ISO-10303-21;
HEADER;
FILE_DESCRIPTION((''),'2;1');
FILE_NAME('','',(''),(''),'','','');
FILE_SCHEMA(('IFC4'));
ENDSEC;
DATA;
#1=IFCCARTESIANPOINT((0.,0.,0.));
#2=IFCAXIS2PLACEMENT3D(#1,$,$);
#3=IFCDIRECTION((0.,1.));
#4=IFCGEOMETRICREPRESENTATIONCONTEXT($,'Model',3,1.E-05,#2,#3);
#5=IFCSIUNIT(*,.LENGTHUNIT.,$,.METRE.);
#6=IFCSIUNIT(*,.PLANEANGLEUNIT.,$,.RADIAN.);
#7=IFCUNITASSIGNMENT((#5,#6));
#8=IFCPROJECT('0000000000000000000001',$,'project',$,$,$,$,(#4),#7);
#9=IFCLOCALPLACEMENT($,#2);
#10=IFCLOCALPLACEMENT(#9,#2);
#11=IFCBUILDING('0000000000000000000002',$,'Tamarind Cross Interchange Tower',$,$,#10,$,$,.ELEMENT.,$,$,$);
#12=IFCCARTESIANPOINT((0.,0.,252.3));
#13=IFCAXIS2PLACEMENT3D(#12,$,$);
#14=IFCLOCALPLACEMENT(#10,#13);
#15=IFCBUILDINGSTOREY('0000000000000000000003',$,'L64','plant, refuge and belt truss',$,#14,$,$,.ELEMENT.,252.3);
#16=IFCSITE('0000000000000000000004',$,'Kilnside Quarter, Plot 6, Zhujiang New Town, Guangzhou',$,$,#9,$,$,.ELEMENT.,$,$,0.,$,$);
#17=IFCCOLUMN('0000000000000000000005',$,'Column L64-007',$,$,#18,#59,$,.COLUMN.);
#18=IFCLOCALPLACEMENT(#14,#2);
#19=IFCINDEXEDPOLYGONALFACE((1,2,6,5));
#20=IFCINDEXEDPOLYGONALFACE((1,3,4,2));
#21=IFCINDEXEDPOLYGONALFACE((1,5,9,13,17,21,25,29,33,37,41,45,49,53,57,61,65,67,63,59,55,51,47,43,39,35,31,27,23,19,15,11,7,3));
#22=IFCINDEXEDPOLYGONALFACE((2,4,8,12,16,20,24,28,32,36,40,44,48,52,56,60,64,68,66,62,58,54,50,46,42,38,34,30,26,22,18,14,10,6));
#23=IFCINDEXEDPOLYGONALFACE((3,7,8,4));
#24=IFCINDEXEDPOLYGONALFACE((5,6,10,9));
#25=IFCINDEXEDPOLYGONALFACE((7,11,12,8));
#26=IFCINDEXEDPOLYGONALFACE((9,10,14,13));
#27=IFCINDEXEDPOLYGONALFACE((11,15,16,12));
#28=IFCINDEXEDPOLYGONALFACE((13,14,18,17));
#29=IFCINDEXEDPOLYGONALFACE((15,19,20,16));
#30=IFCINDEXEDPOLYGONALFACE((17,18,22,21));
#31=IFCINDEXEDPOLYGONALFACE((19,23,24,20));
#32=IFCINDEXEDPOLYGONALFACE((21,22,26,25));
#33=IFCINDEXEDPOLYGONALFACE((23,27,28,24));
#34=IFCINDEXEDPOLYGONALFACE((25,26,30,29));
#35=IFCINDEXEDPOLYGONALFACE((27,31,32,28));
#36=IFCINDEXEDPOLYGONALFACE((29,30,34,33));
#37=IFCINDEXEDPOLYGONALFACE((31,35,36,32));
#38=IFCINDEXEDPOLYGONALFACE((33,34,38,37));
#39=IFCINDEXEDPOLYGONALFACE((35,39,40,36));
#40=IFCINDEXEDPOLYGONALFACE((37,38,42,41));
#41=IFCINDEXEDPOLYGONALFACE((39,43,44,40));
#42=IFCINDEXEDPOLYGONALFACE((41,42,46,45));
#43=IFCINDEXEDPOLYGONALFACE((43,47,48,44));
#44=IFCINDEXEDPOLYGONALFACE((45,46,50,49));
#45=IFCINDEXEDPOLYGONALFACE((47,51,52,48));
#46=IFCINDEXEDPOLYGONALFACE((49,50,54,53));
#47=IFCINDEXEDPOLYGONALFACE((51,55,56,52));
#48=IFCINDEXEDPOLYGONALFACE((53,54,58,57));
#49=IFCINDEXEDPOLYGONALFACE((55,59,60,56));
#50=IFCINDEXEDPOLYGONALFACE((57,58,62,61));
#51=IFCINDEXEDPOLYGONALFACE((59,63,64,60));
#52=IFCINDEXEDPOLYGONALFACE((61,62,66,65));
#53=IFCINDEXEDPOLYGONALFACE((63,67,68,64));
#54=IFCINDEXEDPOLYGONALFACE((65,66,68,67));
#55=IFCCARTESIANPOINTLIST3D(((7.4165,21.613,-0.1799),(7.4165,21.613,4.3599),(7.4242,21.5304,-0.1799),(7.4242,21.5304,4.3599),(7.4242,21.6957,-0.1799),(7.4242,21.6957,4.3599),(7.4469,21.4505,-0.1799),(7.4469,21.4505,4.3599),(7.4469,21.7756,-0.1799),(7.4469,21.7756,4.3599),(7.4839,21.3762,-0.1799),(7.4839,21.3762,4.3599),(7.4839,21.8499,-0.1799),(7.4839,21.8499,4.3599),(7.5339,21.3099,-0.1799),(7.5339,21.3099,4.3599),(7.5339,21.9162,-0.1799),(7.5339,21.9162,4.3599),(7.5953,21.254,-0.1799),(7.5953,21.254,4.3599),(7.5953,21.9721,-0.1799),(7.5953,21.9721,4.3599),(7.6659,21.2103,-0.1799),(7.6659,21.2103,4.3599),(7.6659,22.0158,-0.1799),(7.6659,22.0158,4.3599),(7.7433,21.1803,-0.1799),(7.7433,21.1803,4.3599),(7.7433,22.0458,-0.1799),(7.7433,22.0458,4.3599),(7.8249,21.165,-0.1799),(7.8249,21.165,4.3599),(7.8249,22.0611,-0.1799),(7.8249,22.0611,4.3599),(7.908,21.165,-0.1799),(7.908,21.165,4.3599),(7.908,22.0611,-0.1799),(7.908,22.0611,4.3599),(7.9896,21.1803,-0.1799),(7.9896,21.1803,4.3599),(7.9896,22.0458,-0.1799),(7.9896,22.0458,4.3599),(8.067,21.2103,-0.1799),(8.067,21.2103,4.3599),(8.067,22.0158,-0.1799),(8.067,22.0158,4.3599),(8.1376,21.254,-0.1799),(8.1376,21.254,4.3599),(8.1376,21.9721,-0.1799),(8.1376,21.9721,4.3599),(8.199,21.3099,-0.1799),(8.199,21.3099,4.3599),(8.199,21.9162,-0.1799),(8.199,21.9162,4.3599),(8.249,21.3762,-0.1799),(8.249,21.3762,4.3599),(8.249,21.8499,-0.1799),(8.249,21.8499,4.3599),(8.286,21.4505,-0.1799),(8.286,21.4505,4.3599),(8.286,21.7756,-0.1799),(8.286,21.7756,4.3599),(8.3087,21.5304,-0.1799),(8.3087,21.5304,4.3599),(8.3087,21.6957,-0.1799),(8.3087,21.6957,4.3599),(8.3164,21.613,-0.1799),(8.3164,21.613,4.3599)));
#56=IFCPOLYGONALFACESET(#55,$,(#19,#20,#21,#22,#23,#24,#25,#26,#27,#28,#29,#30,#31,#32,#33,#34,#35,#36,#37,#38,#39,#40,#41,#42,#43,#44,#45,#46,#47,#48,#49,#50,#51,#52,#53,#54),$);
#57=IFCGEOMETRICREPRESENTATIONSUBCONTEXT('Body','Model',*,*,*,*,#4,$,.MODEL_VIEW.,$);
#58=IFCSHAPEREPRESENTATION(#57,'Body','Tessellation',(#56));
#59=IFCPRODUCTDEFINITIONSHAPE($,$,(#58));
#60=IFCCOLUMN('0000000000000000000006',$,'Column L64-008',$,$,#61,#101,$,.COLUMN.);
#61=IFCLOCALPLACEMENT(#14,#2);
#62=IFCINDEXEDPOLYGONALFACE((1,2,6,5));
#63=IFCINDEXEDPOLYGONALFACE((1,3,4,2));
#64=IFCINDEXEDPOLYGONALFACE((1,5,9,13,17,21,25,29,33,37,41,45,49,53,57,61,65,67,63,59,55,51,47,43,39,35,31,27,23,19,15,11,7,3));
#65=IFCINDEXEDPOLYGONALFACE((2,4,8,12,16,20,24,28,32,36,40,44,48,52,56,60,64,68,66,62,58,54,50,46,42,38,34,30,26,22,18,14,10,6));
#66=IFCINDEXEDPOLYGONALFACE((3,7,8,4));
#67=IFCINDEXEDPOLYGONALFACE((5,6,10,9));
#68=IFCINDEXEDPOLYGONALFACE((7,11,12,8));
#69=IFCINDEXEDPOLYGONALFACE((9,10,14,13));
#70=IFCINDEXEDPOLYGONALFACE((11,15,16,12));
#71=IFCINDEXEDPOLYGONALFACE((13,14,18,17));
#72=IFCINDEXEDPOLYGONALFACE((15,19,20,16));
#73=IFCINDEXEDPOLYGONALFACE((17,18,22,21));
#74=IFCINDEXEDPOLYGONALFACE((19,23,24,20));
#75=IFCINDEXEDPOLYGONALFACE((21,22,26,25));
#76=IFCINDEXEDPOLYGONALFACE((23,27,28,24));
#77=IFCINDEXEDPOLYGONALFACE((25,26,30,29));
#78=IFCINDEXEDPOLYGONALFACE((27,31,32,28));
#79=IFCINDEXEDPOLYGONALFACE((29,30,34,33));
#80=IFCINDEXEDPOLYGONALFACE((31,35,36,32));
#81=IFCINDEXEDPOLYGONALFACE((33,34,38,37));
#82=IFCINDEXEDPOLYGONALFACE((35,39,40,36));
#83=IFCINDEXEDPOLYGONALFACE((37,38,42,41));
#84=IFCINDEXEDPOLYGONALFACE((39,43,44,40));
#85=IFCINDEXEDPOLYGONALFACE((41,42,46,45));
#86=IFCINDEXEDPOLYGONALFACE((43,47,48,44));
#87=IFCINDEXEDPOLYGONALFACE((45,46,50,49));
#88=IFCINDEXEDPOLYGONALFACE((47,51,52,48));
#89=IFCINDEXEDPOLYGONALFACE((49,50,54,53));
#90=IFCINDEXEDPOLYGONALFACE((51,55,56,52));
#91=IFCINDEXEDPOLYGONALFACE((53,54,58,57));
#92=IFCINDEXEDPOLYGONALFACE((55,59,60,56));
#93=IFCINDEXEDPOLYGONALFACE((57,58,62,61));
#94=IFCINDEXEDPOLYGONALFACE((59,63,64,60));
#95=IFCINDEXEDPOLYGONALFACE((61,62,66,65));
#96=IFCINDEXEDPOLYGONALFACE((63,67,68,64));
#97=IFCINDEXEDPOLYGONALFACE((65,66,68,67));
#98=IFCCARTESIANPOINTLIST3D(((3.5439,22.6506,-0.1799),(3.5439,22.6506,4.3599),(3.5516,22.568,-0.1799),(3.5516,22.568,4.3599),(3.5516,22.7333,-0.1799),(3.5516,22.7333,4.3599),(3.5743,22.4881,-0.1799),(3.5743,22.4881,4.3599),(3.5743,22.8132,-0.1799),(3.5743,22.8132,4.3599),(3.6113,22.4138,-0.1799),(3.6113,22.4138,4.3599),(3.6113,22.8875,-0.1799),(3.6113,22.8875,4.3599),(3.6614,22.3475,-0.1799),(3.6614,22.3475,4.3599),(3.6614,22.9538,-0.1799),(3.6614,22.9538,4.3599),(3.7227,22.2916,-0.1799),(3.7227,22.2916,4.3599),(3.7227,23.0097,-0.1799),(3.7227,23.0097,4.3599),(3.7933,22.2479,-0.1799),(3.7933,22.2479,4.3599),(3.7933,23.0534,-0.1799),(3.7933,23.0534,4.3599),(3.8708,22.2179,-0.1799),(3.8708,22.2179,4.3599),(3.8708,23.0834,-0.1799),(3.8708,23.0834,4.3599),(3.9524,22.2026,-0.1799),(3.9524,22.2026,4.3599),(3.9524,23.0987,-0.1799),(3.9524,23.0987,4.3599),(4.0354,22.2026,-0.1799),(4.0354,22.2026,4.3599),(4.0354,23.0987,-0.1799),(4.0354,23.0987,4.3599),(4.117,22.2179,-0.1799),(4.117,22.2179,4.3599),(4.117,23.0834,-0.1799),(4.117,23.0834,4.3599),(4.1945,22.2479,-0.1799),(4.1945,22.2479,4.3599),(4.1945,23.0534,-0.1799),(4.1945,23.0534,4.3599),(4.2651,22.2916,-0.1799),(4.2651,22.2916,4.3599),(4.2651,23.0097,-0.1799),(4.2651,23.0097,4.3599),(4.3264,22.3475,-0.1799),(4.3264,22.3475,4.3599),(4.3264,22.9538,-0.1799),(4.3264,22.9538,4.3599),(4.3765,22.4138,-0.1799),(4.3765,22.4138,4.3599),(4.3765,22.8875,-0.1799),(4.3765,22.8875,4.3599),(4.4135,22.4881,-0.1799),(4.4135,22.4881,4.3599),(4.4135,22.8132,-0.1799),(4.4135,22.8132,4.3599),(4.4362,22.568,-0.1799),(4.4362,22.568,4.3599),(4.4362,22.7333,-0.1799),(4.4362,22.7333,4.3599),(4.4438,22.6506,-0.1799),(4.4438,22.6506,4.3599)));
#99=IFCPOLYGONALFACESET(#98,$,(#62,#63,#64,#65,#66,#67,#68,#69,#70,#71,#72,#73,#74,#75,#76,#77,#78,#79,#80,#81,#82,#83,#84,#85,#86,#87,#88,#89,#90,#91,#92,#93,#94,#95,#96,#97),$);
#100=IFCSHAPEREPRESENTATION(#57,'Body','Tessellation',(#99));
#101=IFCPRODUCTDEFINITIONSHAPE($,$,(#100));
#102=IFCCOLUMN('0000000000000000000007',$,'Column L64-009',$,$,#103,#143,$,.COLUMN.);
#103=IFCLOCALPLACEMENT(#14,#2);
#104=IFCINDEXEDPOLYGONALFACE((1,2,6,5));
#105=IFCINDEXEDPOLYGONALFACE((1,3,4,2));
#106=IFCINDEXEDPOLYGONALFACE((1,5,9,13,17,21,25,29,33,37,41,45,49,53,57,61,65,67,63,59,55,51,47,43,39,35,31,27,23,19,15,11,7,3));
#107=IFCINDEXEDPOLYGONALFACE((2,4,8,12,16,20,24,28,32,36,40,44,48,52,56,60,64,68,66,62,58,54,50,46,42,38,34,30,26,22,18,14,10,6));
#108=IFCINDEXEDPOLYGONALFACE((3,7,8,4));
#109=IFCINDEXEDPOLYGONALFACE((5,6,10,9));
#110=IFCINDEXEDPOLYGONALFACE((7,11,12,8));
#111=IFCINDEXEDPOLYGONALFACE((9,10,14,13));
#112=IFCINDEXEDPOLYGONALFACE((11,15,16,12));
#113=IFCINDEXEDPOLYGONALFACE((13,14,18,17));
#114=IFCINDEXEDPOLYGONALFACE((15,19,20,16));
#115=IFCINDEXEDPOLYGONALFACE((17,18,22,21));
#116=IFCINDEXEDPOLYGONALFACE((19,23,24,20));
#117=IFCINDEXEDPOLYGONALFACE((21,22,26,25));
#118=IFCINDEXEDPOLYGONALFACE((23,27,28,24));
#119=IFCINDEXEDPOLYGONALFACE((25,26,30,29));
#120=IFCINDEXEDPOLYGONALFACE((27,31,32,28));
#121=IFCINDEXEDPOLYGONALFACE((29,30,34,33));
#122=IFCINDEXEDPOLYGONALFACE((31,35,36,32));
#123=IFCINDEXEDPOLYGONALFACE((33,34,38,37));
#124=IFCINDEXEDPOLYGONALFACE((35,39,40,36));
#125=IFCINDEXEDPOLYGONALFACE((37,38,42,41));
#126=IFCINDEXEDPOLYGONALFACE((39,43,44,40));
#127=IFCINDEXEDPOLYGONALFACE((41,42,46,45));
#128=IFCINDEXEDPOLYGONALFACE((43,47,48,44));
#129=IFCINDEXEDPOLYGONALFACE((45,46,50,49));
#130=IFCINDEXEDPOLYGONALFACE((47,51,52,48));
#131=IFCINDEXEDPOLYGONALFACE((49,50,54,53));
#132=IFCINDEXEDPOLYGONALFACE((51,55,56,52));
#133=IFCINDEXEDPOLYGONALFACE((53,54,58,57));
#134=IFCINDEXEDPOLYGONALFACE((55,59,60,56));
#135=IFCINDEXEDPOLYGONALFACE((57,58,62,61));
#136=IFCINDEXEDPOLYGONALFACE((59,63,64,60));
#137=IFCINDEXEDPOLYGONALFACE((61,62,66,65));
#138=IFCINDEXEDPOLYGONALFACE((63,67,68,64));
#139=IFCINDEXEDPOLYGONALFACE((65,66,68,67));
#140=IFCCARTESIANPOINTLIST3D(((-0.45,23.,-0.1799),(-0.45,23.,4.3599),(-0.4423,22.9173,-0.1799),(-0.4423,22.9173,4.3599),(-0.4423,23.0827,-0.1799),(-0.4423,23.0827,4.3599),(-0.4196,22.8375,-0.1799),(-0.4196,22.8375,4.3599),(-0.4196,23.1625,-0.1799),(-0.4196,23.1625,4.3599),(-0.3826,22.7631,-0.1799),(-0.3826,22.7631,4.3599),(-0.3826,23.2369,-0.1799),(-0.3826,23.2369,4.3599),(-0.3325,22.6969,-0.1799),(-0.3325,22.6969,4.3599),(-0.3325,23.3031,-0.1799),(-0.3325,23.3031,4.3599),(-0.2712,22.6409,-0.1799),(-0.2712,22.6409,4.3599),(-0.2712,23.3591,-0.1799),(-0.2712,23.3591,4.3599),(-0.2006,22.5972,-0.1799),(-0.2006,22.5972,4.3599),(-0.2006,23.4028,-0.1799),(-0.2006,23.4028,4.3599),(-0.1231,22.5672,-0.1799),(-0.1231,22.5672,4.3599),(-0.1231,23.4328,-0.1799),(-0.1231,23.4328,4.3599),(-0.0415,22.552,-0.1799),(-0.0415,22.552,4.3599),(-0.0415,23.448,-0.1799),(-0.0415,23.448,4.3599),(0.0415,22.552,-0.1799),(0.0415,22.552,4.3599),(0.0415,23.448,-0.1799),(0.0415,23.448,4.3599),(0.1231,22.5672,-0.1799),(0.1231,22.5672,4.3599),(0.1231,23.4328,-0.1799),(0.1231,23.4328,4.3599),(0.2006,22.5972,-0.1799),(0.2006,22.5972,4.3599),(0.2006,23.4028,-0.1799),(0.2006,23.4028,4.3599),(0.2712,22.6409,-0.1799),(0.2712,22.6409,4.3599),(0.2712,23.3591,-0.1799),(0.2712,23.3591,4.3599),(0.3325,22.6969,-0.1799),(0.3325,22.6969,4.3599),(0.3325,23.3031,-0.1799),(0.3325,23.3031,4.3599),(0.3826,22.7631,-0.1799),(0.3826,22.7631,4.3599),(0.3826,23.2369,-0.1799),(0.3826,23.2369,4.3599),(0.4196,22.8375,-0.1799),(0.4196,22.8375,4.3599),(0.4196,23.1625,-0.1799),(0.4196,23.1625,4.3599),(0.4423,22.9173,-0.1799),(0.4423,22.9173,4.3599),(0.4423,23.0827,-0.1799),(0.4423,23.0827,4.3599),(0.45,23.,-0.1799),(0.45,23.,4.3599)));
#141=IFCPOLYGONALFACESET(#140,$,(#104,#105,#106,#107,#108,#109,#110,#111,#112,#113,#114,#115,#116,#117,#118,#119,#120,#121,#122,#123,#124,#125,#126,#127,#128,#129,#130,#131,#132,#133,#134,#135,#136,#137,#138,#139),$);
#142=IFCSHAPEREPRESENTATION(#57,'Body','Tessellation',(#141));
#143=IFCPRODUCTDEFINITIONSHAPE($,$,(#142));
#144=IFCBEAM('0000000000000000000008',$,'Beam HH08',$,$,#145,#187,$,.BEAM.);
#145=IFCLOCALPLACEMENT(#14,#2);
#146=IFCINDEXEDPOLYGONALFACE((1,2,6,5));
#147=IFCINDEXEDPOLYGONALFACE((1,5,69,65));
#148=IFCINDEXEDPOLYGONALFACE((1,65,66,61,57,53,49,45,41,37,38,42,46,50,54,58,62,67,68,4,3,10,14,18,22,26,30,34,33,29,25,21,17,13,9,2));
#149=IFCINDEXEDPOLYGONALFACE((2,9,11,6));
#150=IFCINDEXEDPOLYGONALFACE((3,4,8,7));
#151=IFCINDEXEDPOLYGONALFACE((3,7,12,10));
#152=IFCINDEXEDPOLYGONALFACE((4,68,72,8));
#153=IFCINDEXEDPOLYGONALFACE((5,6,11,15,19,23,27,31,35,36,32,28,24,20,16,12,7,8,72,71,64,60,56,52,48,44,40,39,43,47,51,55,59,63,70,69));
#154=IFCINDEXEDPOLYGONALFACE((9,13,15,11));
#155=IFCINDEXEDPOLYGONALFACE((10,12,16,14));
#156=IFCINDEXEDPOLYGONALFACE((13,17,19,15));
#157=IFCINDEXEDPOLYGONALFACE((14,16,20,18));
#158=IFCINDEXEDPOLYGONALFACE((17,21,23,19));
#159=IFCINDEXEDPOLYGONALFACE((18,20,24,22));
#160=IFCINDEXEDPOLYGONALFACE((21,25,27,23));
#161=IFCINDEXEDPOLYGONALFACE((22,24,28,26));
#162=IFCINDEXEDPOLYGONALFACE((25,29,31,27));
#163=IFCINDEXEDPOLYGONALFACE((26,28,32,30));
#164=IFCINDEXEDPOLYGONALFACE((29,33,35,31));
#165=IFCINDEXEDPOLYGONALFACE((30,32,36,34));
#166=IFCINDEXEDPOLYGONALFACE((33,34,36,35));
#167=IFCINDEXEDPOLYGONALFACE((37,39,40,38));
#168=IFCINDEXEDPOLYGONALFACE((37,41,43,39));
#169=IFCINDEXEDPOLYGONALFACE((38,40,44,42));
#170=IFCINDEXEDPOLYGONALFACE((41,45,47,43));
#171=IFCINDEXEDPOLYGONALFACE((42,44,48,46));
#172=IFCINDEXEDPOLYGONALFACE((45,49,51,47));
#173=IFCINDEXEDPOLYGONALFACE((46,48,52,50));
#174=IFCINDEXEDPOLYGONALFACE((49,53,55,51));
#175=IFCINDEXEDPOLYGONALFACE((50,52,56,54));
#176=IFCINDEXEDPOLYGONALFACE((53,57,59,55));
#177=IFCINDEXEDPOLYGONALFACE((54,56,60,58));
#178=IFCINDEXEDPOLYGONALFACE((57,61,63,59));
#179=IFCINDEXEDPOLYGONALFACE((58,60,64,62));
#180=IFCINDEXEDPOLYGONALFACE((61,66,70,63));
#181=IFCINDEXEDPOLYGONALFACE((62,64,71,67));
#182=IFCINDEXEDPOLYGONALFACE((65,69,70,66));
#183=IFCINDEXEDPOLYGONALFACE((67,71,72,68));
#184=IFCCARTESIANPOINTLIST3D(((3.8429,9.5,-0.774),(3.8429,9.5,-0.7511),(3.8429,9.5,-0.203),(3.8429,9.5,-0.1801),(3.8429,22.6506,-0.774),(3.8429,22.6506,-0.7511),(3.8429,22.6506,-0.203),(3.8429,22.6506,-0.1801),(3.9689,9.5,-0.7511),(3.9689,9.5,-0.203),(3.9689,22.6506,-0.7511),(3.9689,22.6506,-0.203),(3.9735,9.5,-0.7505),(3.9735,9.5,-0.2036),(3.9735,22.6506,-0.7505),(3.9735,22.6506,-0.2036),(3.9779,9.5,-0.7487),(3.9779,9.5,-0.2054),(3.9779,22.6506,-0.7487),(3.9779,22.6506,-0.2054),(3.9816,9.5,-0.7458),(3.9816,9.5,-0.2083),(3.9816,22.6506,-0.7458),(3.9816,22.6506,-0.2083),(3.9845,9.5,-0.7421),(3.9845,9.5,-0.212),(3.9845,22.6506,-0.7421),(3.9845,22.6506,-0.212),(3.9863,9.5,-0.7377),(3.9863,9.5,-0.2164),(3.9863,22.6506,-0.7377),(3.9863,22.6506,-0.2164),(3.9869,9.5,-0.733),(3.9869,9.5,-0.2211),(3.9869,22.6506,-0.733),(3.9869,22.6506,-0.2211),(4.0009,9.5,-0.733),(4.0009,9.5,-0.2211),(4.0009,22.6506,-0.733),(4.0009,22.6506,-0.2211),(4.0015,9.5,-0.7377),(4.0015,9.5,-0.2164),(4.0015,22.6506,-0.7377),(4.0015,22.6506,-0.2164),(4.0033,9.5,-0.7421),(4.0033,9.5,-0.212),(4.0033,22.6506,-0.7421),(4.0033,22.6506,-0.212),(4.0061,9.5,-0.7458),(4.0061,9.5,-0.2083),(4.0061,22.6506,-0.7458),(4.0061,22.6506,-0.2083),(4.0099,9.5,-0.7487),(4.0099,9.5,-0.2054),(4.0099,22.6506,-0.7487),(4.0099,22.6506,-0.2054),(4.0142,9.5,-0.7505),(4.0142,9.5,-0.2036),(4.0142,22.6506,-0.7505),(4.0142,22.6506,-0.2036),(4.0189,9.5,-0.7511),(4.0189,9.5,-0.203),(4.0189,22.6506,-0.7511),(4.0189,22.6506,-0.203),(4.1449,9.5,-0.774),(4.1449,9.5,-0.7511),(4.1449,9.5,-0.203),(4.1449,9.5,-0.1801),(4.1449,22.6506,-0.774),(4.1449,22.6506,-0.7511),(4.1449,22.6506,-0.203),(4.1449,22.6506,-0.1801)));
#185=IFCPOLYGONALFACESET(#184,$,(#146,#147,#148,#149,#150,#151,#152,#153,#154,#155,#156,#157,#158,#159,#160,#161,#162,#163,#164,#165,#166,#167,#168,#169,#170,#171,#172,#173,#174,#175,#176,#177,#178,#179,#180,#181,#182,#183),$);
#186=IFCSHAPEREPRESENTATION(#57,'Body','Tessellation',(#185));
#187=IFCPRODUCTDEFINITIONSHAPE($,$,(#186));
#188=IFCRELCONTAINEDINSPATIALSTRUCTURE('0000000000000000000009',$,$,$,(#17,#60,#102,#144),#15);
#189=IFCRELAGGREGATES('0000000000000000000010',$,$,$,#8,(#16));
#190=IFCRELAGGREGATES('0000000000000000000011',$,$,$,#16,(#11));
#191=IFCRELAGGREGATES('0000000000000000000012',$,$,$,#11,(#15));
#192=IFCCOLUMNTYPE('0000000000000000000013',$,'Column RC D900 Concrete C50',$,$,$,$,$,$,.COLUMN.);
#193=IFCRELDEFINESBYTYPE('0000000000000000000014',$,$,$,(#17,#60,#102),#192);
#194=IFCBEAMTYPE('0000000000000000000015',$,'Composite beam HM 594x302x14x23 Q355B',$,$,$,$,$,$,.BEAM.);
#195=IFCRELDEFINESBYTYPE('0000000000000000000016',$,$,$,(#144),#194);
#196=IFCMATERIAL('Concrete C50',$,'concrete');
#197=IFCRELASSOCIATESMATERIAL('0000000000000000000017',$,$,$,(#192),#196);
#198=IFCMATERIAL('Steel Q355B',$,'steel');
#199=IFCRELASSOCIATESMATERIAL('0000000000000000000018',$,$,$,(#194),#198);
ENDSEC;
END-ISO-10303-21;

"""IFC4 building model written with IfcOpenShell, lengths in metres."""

from ifc_helpers import new_model, si_unit, direction, frame, origin, origin_2d, place, context, subcontext, project, spatial, circle, i_section, extrude, material, material_profile, profile_set, type_object, element, save


model = new_model("IFC4")

# Units and contexts
model_context = context("Model", 3, precision=1e-05, world=origin(), true_north=direction((0.0, 1.0)))
body_context = subcontext(model_context, "Body", "Model", "MODEL_VIEW")
ifc_project = project(units=[si_unit("LENGTHUNIT", "METRE"), si_unit("PLANEANGLEUNIT", "RADIAN")], contexts=[model_context])

# Site, building, storey
site_placement = place(None, origin())
site = spatial("IfcSite", under=ifc_project, at=site_placement, Name="Kilnside Quarter, Plot 6, Zhujiang New Town, Guangzhou", CompositionType="ELEMENT", RefElevation=0.0)
building_placement = place(site_placement, origin())
building = spatial("IfcBuilding", under=site, at=building_placement, Name="Tamarind Cross Interchange Tower", CompositionType="ELEMENT")
storey_placement = place(building_placement, frame((0.0, 0.0, 252.3)))
storey = spatial("IfcBuildingStorey", under=building, at=storey_placement, Name="L64", Description="plant, refuge and belt truss", CompositionType="ELEMENT", Elevation=252.3)

# Columns
ifc_material_1 = material(Name="Concrete C50", Category="concrete")
ifc_material_profile_1 = material_profile(ifc_material_1, circle(Radius=0.45, at=origin_2d()), Name="RC D900")
ifc_profile_set_1 = profile_set([ifc_material_profile_1], Name="Concrete C50")
column_type = type_object("IfcColumnType", Name="Column RC D900 Concrete C50", PredefinedType="COLUMN", material=ifc_profile_set_1)
for number, where, z_axis, x_axis, name in (
    (1, (7.8665, 21.613, -0.1799), (0.0, 0.0, 1.0), (1.0, 0.0, 0.0), "Column L64-007"),
    (2, (3.9939, 22.6506, -0.1799), (0.0, 0.0, 1.0), (1.0, 0.0, 0.0), "Column L64-008"),
    (3, (0.0, 23.0, -0.1799), (0.0, 0.0, 1.0), (1.0, 0.0, 0.0), "Column L64-009"),
):
    element("IfcColumn", number, at=place(storey_placement, frame(where, z_axis=z_axis, x_axis=x_axis)), inside=storey, type_object=column_type, Name=name, PredefinedType="COLUMN", context=body_context, shape_type="SweptSolid", body=[
        extrude(circle(Radius=0.45, at=origin_2d()), origin(), (0.0, 0.0, 1.0), 4.5398),
    ])

# Beam
ifc_material_2 = material(Name="Steel Q355B", Category="steel")
ifc_material_profile_2 = material_profile(ifc_material_2, i_section(OverallWidth=0.302, OverallDepth=0.594, WebThickness=0.0139, FlangeThickness=0.0229, FilletRadius=0.0181, at=origin_2d()), Name="HM 594x302x14x23")
ifc_profile_set_2 = profile_set([ifc_material_profile_2], Name="Steel Q355B")
beam_type = type_object("IfcBeamType", Name="Composite beam HM 594x302x14x23 Q355B", PredefinedType="BEAM", material=ifc_profile_set_2)
beam_1_placement = place(storey_placement, frame((3.9939, 22.6506, -0.4771), z_axis=(0.0, -1.0, 0.0), x_axis=(1.0, 0.0, 0.0)))
element("IfcBeam", 4, at=beam_1_placement, inside=storey, type_object=beam_type, Name="Beam HH08", PredefinedType="BEAM", context=body_context, shape_type="SweptSolid", body=[
    extrude(i_section(OverallWidth=0.302, OverallDepth=0.594, WebThickness=0.0139, FlangeThickness=0.0229, FilletRadius=0.0181, at=origin_2d()), origin(), (0.0, 0.0, 1.0), 13.1506),
])

save(model, "model.ifc")
